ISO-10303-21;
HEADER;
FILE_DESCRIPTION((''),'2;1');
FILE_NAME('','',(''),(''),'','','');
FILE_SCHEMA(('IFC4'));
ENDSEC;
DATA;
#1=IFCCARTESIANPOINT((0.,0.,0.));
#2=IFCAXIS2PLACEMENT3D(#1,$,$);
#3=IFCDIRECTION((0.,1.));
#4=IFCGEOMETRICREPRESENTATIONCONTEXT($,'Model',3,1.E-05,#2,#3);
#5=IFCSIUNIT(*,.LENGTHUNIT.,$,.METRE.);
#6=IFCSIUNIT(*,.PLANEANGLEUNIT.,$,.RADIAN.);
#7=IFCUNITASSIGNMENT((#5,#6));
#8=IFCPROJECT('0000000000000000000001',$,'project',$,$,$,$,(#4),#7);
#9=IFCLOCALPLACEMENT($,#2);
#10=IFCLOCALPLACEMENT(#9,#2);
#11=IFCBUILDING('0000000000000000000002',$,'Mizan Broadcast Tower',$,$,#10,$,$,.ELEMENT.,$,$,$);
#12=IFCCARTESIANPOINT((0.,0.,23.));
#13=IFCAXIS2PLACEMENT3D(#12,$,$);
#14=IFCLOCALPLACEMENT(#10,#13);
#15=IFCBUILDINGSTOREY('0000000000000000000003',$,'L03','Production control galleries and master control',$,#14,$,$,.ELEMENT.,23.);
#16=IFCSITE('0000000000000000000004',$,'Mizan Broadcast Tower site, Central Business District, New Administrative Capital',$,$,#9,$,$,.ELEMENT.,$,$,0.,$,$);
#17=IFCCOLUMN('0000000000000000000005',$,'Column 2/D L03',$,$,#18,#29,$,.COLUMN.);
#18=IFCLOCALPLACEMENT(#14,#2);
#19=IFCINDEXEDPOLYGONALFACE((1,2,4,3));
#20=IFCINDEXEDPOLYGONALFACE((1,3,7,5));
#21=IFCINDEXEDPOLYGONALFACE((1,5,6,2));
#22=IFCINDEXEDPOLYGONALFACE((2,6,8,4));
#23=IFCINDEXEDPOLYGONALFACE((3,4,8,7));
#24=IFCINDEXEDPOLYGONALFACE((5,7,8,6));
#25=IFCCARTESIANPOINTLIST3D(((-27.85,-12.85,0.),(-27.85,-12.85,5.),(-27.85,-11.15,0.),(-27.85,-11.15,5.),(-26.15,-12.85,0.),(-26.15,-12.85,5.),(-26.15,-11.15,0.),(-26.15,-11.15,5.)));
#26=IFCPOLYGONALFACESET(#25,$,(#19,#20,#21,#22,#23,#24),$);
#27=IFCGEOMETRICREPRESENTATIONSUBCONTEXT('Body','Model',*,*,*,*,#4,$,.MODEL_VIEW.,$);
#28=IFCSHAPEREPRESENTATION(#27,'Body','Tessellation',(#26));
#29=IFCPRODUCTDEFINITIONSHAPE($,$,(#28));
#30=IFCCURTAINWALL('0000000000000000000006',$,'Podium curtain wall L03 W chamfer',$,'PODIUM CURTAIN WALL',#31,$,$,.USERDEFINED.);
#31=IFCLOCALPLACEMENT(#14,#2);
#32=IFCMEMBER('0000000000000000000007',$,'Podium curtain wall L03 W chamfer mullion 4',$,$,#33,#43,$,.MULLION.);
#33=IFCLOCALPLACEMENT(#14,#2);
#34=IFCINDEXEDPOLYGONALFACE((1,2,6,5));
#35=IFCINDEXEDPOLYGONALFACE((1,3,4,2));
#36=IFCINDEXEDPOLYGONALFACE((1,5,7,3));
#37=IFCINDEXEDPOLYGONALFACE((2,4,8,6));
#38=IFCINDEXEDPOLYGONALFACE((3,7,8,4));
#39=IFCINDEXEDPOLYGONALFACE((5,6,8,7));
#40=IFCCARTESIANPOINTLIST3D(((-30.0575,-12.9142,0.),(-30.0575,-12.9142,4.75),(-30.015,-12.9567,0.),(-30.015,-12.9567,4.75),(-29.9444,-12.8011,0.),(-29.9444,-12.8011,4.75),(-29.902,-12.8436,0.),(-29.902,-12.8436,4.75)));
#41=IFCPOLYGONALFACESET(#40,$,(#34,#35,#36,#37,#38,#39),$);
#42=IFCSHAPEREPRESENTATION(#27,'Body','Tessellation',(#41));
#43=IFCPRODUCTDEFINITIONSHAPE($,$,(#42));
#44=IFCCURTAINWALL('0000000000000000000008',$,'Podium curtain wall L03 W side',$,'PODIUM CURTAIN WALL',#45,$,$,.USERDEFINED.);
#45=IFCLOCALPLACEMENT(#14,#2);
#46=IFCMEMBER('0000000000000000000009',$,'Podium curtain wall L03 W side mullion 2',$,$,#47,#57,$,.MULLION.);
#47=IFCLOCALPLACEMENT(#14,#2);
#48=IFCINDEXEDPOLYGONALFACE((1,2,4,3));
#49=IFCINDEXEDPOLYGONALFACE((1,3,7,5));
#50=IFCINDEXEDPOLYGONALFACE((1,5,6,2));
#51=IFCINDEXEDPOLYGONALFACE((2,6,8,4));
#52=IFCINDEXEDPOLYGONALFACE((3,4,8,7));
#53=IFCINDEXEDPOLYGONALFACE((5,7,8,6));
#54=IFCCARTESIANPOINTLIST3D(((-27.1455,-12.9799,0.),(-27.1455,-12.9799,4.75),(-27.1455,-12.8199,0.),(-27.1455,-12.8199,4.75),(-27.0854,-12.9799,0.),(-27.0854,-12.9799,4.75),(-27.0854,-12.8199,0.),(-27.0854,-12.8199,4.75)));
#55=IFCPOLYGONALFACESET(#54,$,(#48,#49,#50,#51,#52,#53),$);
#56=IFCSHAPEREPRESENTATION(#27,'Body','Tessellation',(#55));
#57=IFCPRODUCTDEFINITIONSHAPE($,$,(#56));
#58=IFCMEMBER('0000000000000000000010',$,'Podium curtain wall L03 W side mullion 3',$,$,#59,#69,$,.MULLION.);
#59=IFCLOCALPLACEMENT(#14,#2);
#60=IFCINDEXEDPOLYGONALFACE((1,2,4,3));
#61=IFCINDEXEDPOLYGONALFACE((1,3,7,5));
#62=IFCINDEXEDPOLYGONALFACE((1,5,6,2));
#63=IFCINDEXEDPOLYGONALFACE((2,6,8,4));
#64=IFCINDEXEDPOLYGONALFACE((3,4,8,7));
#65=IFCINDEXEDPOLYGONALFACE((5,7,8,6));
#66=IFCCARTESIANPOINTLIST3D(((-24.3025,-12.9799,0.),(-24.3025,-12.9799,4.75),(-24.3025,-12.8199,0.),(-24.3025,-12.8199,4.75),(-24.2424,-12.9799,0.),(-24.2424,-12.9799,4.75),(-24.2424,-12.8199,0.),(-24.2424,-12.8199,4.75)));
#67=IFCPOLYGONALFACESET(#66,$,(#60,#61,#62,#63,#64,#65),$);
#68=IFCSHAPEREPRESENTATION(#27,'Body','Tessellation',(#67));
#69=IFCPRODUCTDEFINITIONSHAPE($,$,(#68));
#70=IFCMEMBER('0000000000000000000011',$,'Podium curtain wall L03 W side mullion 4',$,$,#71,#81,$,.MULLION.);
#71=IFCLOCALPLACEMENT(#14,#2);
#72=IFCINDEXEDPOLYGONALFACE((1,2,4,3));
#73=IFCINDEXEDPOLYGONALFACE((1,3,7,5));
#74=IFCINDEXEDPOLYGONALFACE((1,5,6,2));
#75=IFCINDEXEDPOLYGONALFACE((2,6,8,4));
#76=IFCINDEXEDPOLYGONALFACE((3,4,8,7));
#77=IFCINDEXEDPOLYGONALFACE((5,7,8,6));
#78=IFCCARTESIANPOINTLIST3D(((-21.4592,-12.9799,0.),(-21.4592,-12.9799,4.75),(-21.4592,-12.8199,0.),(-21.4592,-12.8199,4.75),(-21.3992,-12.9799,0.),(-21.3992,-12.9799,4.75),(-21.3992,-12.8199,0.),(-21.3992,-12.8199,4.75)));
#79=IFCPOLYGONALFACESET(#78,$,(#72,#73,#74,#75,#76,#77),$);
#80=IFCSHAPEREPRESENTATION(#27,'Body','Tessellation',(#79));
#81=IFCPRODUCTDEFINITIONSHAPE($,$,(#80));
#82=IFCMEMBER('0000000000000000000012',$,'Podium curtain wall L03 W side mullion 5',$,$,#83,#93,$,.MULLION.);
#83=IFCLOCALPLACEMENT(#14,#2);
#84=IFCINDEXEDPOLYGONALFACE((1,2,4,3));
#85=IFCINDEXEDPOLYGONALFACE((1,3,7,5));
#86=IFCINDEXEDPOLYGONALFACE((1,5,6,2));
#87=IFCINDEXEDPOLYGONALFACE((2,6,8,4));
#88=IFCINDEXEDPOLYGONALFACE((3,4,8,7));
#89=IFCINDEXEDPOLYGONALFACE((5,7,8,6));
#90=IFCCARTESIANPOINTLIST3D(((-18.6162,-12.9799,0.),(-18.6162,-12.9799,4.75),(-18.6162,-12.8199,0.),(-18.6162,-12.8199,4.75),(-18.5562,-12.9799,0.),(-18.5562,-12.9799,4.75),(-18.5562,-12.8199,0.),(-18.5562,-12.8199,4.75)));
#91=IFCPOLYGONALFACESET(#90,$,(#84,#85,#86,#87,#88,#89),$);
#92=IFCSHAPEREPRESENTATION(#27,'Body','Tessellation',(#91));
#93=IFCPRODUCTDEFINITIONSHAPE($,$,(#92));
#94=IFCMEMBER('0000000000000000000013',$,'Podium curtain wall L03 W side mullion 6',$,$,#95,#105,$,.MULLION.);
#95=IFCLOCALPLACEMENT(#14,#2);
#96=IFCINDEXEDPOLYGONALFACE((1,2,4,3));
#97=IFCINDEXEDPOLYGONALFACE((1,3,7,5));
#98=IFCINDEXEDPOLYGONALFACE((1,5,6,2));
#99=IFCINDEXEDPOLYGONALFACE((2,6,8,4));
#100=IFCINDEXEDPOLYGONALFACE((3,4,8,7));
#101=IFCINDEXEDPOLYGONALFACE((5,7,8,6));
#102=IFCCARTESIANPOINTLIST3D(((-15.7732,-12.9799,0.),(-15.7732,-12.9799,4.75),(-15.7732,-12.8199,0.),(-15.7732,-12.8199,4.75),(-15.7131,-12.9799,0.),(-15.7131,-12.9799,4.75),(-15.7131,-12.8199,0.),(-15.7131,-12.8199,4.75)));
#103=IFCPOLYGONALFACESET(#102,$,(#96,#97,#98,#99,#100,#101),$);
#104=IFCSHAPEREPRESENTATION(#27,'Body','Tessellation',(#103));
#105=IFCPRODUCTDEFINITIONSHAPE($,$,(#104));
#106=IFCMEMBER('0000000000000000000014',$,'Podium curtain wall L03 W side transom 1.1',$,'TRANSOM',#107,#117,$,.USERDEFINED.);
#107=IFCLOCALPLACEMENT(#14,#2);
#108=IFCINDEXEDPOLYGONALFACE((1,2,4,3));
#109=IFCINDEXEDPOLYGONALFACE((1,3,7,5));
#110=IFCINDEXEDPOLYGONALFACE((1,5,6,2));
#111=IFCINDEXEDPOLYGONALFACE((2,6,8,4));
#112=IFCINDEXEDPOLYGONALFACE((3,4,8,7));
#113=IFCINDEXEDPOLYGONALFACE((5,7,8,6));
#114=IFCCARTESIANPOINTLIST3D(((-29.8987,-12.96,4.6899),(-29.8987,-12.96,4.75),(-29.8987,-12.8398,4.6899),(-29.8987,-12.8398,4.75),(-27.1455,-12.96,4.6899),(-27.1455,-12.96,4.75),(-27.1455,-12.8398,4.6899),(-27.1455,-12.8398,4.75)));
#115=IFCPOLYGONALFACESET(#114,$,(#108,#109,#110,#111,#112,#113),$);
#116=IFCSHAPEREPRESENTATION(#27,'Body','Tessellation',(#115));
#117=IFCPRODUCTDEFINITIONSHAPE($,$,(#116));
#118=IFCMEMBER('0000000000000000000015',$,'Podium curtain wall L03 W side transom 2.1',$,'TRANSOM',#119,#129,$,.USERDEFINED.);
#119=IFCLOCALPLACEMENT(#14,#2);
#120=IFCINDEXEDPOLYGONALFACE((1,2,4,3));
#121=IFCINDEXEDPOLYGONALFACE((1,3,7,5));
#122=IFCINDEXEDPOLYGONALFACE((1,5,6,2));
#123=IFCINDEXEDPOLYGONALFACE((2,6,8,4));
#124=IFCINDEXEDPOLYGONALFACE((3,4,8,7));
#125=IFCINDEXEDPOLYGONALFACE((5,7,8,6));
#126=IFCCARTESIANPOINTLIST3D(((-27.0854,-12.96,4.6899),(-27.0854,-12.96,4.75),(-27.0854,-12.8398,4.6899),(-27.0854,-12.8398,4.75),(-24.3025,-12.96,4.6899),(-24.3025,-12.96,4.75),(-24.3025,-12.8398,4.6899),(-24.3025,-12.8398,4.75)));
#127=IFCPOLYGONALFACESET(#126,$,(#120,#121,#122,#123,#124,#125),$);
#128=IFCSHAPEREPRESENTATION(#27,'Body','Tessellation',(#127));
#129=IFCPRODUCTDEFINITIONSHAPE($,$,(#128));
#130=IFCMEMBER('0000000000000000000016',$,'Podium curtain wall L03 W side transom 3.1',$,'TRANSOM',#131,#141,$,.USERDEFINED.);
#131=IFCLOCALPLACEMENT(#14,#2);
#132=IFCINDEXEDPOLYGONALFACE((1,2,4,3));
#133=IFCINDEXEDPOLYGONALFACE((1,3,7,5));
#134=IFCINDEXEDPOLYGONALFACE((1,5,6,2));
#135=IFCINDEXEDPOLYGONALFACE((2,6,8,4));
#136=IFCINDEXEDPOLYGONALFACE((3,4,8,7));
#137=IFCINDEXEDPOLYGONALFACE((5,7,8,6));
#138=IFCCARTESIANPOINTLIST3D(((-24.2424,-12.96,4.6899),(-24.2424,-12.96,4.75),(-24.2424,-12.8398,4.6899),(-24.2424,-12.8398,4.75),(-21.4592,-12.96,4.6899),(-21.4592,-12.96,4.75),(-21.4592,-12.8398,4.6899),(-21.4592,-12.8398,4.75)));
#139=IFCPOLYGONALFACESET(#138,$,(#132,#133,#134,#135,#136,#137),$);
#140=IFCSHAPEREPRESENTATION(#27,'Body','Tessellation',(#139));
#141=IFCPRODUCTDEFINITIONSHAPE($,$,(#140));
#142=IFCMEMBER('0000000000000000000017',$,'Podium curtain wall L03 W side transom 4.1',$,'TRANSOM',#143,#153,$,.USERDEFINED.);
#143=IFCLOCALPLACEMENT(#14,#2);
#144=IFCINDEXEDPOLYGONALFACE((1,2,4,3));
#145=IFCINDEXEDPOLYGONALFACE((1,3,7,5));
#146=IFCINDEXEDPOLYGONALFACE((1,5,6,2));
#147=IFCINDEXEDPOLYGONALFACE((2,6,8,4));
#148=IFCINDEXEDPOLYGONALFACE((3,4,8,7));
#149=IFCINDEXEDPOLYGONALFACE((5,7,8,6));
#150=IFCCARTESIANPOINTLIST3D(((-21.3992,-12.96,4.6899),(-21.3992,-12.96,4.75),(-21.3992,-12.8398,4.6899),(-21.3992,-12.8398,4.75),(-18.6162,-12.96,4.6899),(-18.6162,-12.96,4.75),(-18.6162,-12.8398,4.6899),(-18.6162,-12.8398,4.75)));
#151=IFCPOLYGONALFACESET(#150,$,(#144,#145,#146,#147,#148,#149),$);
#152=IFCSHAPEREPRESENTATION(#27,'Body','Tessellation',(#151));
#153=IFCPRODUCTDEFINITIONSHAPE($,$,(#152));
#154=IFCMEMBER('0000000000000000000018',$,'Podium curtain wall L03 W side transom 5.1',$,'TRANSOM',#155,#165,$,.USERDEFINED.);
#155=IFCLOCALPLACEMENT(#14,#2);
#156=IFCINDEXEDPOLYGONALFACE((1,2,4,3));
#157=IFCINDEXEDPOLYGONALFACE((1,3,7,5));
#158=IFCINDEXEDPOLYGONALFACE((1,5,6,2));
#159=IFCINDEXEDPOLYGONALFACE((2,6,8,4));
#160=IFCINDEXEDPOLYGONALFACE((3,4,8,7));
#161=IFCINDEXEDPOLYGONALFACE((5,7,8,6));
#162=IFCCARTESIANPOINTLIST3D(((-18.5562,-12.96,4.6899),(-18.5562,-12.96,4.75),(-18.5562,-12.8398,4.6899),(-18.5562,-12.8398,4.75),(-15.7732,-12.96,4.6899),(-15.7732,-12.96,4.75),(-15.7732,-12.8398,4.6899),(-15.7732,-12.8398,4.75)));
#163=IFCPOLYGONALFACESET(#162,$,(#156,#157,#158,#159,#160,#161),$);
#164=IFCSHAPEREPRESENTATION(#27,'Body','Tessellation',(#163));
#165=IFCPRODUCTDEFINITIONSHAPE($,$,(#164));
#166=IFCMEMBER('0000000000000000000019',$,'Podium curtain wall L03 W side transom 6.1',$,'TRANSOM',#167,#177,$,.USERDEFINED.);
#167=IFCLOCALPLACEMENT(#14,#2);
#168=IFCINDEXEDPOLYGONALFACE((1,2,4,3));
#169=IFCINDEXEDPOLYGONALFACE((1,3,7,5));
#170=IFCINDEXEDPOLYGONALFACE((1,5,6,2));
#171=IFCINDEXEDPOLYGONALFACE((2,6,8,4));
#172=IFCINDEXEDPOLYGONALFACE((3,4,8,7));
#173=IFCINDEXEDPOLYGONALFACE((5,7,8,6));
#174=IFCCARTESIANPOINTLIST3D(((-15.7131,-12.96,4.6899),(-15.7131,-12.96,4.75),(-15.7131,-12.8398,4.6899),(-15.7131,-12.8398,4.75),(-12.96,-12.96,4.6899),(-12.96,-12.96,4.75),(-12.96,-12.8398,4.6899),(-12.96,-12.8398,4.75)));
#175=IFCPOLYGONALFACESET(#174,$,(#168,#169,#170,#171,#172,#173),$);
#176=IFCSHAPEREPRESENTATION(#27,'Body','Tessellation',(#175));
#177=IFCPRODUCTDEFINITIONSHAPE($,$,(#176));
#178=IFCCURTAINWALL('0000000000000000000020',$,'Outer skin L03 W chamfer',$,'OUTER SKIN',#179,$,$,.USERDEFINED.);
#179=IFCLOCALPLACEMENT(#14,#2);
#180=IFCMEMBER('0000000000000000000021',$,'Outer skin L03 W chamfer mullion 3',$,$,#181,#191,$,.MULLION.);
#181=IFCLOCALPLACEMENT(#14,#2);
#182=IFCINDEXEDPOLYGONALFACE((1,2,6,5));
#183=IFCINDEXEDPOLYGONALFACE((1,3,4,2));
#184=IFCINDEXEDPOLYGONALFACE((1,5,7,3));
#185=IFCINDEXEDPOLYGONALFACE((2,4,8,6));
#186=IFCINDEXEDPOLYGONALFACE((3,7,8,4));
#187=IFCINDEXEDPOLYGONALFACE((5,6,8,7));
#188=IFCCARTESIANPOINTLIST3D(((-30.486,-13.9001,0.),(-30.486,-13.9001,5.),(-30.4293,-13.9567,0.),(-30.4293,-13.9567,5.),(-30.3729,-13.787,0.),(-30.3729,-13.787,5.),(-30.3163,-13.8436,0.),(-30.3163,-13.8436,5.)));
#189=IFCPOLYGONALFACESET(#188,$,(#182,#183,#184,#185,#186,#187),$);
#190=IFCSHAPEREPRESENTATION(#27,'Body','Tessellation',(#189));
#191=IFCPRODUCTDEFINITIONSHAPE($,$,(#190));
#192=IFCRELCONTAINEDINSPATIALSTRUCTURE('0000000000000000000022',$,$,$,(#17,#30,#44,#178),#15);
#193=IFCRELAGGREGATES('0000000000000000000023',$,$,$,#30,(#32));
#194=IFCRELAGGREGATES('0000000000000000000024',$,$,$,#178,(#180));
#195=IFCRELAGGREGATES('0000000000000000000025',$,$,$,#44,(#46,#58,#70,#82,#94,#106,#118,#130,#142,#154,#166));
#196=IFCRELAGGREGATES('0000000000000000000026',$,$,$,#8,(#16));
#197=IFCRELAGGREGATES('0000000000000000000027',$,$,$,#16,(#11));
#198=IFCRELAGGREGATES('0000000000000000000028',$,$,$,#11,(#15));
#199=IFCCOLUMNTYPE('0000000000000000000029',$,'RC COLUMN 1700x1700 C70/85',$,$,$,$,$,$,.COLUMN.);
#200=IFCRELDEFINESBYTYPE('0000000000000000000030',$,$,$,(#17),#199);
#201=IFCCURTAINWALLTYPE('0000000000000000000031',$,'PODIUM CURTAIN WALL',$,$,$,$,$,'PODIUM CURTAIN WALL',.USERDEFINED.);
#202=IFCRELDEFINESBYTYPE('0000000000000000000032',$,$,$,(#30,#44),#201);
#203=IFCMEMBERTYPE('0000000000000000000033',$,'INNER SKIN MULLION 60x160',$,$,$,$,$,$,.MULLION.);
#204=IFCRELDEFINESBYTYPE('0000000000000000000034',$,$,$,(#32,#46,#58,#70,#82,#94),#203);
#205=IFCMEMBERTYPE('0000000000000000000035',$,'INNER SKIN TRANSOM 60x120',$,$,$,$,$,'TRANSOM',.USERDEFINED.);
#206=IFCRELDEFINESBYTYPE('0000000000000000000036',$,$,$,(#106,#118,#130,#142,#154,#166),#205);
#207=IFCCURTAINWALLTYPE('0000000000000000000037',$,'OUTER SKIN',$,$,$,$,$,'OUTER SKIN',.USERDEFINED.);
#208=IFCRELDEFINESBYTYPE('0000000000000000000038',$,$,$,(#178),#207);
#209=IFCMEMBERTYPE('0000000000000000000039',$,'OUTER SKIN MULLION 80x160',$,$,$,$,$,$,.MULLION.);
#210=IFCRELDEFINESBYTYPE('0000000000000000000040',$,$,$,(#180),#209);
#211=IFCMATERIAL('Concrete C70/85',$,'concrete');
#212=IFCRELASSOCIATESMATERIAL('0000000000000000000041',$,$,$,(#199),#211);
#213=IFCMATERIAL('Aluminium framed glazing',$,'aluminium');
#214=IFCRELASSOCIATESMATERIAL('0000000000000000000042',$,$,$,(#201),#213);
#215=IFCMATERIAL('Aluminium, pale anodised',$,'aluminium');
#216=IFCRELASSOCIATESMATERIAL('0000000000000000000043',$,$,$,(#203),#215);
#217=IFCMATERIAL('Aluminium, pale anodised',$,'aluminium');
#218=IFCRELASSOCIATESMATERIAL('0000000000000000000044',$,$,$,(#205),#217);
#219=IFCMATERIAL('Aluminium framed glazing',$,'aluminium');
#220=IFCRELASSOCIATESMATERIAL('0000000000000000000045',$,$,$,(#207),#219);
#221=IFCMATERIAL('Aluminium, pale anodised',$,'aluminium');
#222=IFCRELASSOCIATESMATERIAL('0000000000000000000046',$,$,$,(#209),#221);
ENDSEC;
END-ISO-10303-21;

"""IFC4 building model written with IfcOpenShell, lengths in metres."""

from ifc_helpers import new_model, si_unit, direction, frame, origin, origin_2d, place, context, subcontext, project, spatial, rectangle, extrude, material, material_profile, profile_set, type_object, element, aggregate, save


model = new_model("IFC4")

# Units and contexts
model_context = context("Model", 3, precision=1e-05, world=origin(), true_north=direction((0.0, 1.0)))
body_context = subcontext(model_context, "Body", "Model", "MODEL_VIEW")
ifc_project = project(units=[si_unit("LENGTHUNIT", "METRE"), si_unit("PLANEANGLEUNIT", "RADIAN")], contexts=[model_context])

# Site, building, storey
site_placement = place(None, origin())
site = spatial("IfcSite", under=ifc_project, at=site_placement, Name="Mizan Broadcast Tower site, Central Business District, New Administrative Capital", CompositionType="ELEMENT", RefElevation=0.0)
building_placement = place(site_placement, origin())
building = spatial("IfcBuilding", under=site, at=building_placement, Name="Mizan Broadcast Tower", CompositionType="ELEMENT")
storey_placement = place(building_placement, frame((0.0, 0.0, 23.0)))
storey = spatial("IfcBuildingStorey", under=building, at=storey_placement, Name="L03", Description="Production control galleries and master control", CompositionType="ELEMENT", Elevation=23.0)

# Column
ifc_material_1 = material(Name="Concrete C70/85", Category="concrete")
ifc_material_profile_1 = material_profile(ifc_material_1, rectangle(XDim=1.7, YDim=1.7, at=origin_2d()), Name="RC 1700x1700")
ifc_profile_set_1 = profile_set([ifc_material_profile_1], Name="Concrete C70/85")
column_type = type_object("IfcColumnType", Name="RC COLUMN 1700x1700 C70/85", PredefinedType="COLUMN", material=ifc_profile_set_1)
column_placement = place(storey_placement, frame((-27.0, -12.0, 0.0), z_axis=(0.0, 0.0, 1.0), x_axis=(1.0, 0.0, 0.0)))
element("IfcColumn", 1, at=column_placement, inside=storey, type_object=column_type, Name="Column 2/D L03", PredefinedType="COLUMN", context=body_context, shape_type="SweptSolid", body=[
    extrude(rectangle(XDim=1.7, YDim=1.7, at=origin_2d()), origin(), (0.0, 0.0, 1.0), 5.0),
])

# Curtain wall, member
ifc_material_2 = material(Name="Aluminium framed glazing", Category="aluminium")
curtain_wall_type_1 = type_object("IfcCurtainWallType", Name="PODIUM CURTAIN WALL", ElementType="PODIUM CURTAIN WALL", PredefinedType="USERDEFINED", material=ifc_material_2)
curtain_wall_1_placement = place(storey_placement, origin())
curtain_wall_1 = element("IfcCurtainWall", 2, at=curtain_wall_1_placement, inside=storey, type_object=curtain_wall_type_1, Name="Podium curtain wall L03 W chamfer", ObjectType="PODIUM CURTAIN WALL", PredefinedType="USERDEFINED")
ifc_material_3 = material(Name="Aluminium, pale anodised", Category="aluminium")
ifc_material_profile_2 = material_profile(ifc_material_3, rectangle(XDim=0.1599, YDim=0.0601, at=origin_2d()), Name="MULLION 160x60")
ifc_profile_set_2 = profile_set([ifc_material_profile_2], Name="Aluminium, pale anodised")
member_type_1 = type_object("IfcMemberType", Name="INNER SKIN MULLION 60x160", PredefinedType="MULLION", material=ifc_profile_set_2)
member_1_placement = place(storey_placement, frame((-29.9797, -12.8789, 0.0), z_axis=(0.0, 0.0, 1.0), x_axis=(0.707107, 0.707107, 0.0)))
member_1 = element("IfcMember", 3, at=member_1_placement, type_object=member_type_1, Name="Podium curtain wall L03 W chamfer mullion 4", PredefinedType="MULLION", context=body_context, shape_type="SweptSolid", body=[
    extrude(rectangle(XDim=0.1599, YDim=0.0601, at=origin_2d()), origin(), (0.0, 0.0, 1.0), 4.75),
])
aggregate(curtain_wall_1, [member_1])

# Curtain wall, members
curtain_wall_2_placement = place(storey_placement, origin())
curtain_wall_2 = element("IfcCurtainWall", 4, at=curtain_wall_2_placement, inside=storey, type_object=curtain_wall_type_1, Name="Podium curtain wall L03 W side", ObjectType="PODIUM CURTAIN WALL", PredefinedType="USERDEFINED")
member_2_placement = place(storey_placement, frame((-27.1155, -12.8999, 0.0), z_axis=(0.0, 0.0, 1.0), x_axis=(0.0, 1.0, 0.0)))
member_2 = element("IfcMember", 5, at=member_2_placement, type_object=member_type_1, Name="Podium curtain wall L03 W side mullion 2", PredefinedType="MULLION", context=body_context, shape_type="SweptSolid", body=[
    extrude(rectangle(XDim=0.1599, YDim=0.0601, at=origin_2d()), origin(), (0.0, 0.0, 1.0), 4.75),
])
member_3_placement = place(storey_placement, frame((-24.2725, -12.8999, 0.0), z_axis=(0.0, 0.0, 1.0), x_axis=(0.0, 1.0, 0.0)))
member_3 = element("IfcMember", 6, at=member_3_placement, type_object=member_type_1, Name="Podium curtain wall L03 W side mullion 3", PredefinedType="MULLION", context=body_context, shape_type="SweptSolid", body=[
    extrude(rectangle(XDim=0.1599, YDim=0.0601, at=origin_2d()), origin(), (0.0, 0.0, 1.0), 4.75),
])
member_4_placement = place(storey_placement, frame((-21.4292, -12.8999, 0.0), z_axis=(0.0, 0.0, 1.0), x_axis=(0.0, 1.0, 0.0)))
member_4 = element("IfcMember", 7, at=member_4_placement, type_object=member_type_1, Name="Podium curtain wall L03 W side mullion 4", PredefinedType="MULLION", context=body_context, shape_type="SweptSolid", body=[
    extrude(rectangle(XDim=0.1599, YDim=0.0601, at=origin_2d()), origin(), (0.0, 0.0, 1.0), 4.75),
])
member_5_placement = place(storey_placement, frame((-18.5862, -12.8999, 0.0), z_axis=(0.0, 0.0, 1.0), x_axis=(0.0, 1.0, 0.0)))
member_5 = element("IfcMember", 8, at=member_5_placement, type_object=member_type_1, Name="Podium curtain wall L03 W side mullion 5", PredefinedType="MULLION", context=body_context, shape_type="SweptSolid", body=[
    extrude(rectangle(XDim=0.1599, YDim=0.0601, at=origin_2d()), origin(), (0.0, 0.0, 1.0), 4.75),
])
member_6_placement = place(storey_placement, frame((-15.7432, -12.8999, 0.0), z_axis=(0.0, 0.0, 1.0), x_axis=(0.0, 1.0, 0.0)))
member_6 = element("IfcMember", 9, at=member_6_placement, type_object=member_type_1, Name="Podium curtain wall L03 W side mullion 6", PredefinedType="MULLION", context=body_context, shape_type="SweptSolid", body=[
    extrude(rectangle(XDim=0.1599, YDim=0.0601, at=origin_2d()), origin(), (0.0, 0.0, 1.0), 4.75),
])
ifc_material_4 = material(Name="Aluminium, pale anodised", Category="aluminium")
ifc_material_profile_3 = material_profile(ifc_material_4, rectangle(XDim=0.1201, YDim=0.0601, at=origin_2d()), Name="TRANSOM 120x60")
ifc_profile_set_3 = profile_set([ifc_material_profile_3], Name="Aluminium, pale anodised")
member_type_2 = type_object("IfcMemberType", Name="INNER SKIN TRANSOM 60x120", ElementType="TRANSOM", PredefinedType="USERDEFINED", material=ifc_profile_set_3)
member_7_placement = place(storey_placement, frame((-29.8987, -12.8999, 4.72), z_axis=(1.0, 0.0, 0.0), x_axis=(0.0, 1.0, 0.0)))
member_7 = element("IfcMember", 10, at=member_7_placement, type_object=member_type_2, Name="Podium curtain wall L03 W side transom 1.1", ObjectType="TRANSOM", PredefinedType="USERDEFINED", context=body_context, shape_type="SweptSolid", body=[
    extrude(rectangle(XDim=0.1201, YDim=0.0601, at=origin_2d()), origin(), (0.0, 0.0, 1.0), 2.7532),
])
member_8_placement = place(storey_placement, frame((-27.0854, -12.8999, 4.72), z_axis=(1.0, 0.0, 0.0), x_axis=(0.0, 1.0, 0.0)))
member_8 = element("IfcMember", 11, at=member_8_placement, type_object=member_type_2, Name="Podium curtain wall L03 W side transom 2.1", ObjectType="TRANSOM", PredefinedType="USERDEFINED", context=body_context, shape_type="SweptSolid", body=[
    extrude(rectangle(XDim=0.1201, YDim=0.0601, at=origin_2d()), origin(), (0.0, 0.0, 1.0), 2.783),
])
member_9_placement = place(storey_placement, frame((-24.2424, -12.8999, 4.72), z_axis=(1.0, 0.0, 0.0), x_axis=(0.0, 1.0, 0.0)))
member_9 = element("IfcMember", 12, at=member_9_placement, type_object=member_type_2, Name="Podium curtain wall L03 W side transom 3.1", ObjectType="TRANSOM", PredefinedType="USERDEFINED", context=body_context, shape_type="SweptSolid", body=[
    extrude(rectangle(XDim=0.1201, YDim=0.0601, at=origin_2d()), origin(), (0.0, 0.0, 1.0), 2.7832),
])
member_10_placement = place(storey_placement, frame((-21.3992, -12.8999, 4.72), z_axis=(1.0, 0.0, 0.0), x_axis=(0.0, 1.0, 0.0)))
member_10 = element("IfcMember", 13, at=member_10_placement, type_object=member_type_2, Name="Podium curtain wall L03 W side transom 4.1", ObjectType="TRANSOM", PredefinedType="USERDEFINED", context=body_context, shape_type="SweptSolid", body=[
    extrude(rectangle(XDim=0.1201, YDim=0.0601, at=origin_2d()), origin(), (0.0, 0.0, 1.0), 2.783),
])
member_11_placement = place(storey_placement, frame((-18.5562, -12.8999, 4.72), z_axis=(1.0, 0.0, 0.0), x_axis=(0.0, 1.0, 0.0)))
member_11 = element("IfcMember", 14, at=member_11_placement, type_object=member_type_2, Name="Podium curtain wall L03 W side transom 5.1", ObjectType="TRANSOM", PredefinedType="USERDEFINED", context=body_context, shape_type="SweptSolid", body=[
    extrude(rectangle(XDim=0.1201, YDim=0.0601, at=origin_2d()), origin(), (0.0, 0.0, 1.0), 2.783),
])
member_12_placement = place(storey_placement, frame((-15.7131, -12.8999, 4.72), z_axis=(1.0, 0.0, 0.0), x_axis=(0.0, 1.0, 0.0)))
member_12 = element("IfcMember", 15, at=member_12_placement, type_object=member_type_2, Name="Podium curtain wall L03 W side transom 6.1", ObjectType="TRANSOM", PredefinedType="USERDEFINED", context=body_context, shape_type="SweptSolid", body=[
    extrude(rectangle(XDim=0.1201, YDim=0.0601, at=origin_2d()), origin(), (0.0, 0.0, 1.0), 2.7532),
])

# Curtain wall, member
ifc_material_5 = material(Name="Aluminium framed glazing", Category="aluminium")
curtain_wall_type_2 = type_object("IfcCurtainWallType", Name="OUTER SKIN", ElementType="OUTER SKIN", PredefinedType="USERDEFINED", material=ifc_material_5)
curtain_wall_3_placement = place(storey_placement, origin())
curtain_wall_3 = element("IfcCurtainWall", 16, at=curtain_wall_3_placement, inside=storey, type_object=curtain_wall_type_2, Name="Outer skin L03 W chamfer", ObjectType="OUTER SKIN", PredefinedType="USERDEFINED")
ifc_material_6 = material(Name="Aluminium, pale anodised", Category="aluminium")
ifc_material_profile_4 = material_profile(ifc_material_6, rectangle(XDim=0.1599, YDim=0.0801, at=origin_2d()), Name="MULLION 160x80")
ifc_profile_set_4 = profile_set([ifc_material_profile_4], Name="Aluminium, pale anodised")
member_type_3 = type_object("IfcMemberType", Name="OUTER SKIN MULLION 80x160", PredefinedType="MULLION", material=ifc_profile_set_4)
member_13_placement = place(storey_placement, frame((-30.4011, -13.8718, 0.0), z_axis=(0.0, 0.0, 1.0), x_axis=(0.707107, 0.707107, 0.0)))
member_13 = element("IfcMember", 17, at=member_13_placement, type_object=member_type_3, Name="Outer skin L03 W chamfer mullion 3", PredefinedType="MULLION", context=body_context, shape_type="SweptSolid", body=[
    extrude(rectangle(XDim=0.1599, YDim=0.0801, at=origin_2d()), origin(), (0.0, 0.0, 1.0), 5.0),
])

aggregate(curtain_wall_3, [member_13])
aggregate(curtain_wall_2, [member_2, member_3, member_4, member_5, member_6, member_7, member_8, member_9, member_10, member_11, member_12])

save(model, "model.ifc")
